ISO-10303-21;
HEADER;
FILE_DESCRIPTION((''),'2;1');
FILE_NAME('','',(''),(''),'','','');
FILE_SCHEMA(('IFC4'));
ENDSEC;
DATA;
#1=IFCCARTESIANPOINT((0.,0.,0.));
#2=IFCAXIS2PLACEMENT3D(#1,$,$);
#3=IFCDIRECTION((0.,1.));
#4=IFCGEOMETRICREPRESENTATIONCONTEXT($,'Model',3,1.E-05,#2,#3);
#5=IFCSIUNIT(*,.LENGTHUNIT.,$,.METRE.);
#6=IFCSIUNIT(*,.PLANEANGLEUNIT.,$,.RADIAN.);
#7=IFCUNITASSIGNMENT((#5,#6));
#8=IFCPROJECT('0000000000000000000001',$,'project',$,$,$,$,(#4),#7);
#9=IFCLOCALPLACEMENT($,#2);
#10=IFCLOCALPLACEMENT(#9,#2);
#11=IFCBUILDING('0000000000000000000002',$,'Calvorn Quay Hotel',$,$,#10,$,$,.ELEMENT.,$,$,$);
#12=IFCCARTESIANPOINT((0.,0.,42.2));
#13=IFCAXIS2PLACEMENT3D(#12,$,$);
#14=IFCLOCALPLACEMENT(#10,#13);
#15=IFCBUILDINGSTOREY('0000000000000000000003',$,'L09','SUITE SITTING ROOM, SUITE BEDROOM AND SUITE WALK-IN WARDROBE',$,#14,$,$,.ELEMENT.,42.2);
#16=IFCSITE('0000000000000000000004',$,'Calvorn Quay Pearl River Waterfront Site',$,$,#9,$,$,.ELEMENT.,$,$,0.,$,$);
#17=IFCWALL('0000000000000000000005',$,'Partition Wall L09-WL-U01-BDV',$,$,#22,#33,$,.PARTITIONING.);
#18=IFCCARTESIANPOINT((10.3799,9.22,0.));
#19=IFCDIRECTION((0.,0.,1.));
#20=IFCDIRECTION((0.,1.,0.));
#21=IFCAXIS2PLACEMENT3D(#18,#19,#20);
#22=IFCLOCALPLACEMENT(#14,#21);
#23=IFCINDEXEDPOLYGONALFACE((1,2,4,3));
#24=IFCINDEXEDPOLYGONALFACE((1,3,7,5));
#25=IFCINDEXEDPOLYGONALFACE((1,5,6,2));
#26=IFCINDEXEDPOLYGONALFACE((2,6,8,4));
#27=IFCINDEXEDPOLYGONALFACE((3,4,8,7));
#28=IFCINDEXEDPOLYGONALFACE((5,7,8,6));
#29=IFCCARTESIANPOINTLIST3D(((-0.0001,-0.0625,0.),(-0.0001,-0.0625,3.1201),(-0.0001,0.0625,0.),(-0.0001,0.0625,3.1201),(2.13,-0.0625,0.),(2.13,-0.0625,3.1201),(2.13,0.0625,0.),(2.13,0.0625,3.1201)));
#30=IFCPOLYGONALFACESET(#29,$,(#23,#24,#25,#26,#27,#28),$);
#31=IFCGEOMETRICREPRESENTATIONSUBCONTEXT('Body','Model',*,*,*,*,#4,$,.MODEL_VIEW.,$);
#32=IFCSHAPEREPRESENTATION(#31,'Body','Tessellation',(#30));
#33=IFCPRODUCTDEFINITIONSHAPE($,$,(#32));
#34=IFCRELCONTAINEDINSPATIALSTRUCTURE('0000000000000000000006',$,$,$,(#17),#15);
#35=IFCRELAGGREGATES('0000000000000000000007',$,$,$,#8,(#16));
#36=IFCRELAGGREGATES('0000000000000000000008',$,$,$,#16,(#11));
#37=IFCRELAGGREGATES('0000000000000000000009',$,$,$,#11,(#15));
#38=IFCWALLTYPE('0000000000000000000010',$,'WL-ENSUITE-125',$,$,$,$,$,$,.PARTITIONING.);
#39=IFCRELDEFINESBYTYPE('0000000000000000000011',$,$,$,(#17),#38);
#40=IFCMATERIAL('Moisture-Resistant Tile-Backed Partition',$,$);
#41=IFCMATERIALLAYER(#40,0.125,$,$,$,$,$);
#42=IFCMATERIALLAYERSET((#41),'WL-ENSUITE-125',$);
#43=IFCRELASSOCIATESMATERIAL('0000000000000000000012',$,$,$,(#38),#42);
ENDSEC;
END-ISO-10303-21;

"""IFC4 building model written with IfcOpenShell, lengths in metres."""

from ifc_helpers import new_model, si_unit, direction, frame, frame_2d, origin, place, context, subcontext, project, spatial, rectangle, extrude, material, layer, layer_set, type_object, element, save


model = new_model("IFC4")

# Units and contexts
model_context = context("Model", 3, precision=1e-05, world=origin(), true_north=direction((0.0, 1.0)))
body_context = subcontext(model_context, "Body", "Model", "MODEL_VIEW")
ifc_project = project(units=[si_unit("LENGTHUNIT", "METRE"), si_unit("PLANEANGLEUNIT", "RADIAN")], contexts=[model_context])

# Site, building, storey
site_placement = place(None, origin())
site = spatial("IfcSite", under=ifc_project, at=site_placement, Name="Calvorn Quay Pearl River Waterfront Site", CompositionType="ELEMENT", RefElevation=0.0)
building_placement = place(site_placement, origin())
building = spatial("IfcBuilding", under=site, at=building_placement, Name="Calvorn Quay Hotel", CompositionType="ELEMENT")
storey_placement = place(building_placement, frame((0.0, 0.0, 42.2)))
storey = spatial("IfcBuildingStorey", under=building, at=storey_placement, Name="L09", Description="SUITE SITTING ROOM, SUITE BEDROOM AND SUITE WALK-IN WARDROBE", CompositionType="ELEMENT", Elevation=42.2)

# Wall
ifc_material_1 = material(Name="Moisture-Resistant Tile-Backed Partition")
ifc_layer_1 = layer(ifc_material_1, 0.125)
ifc_layer_set_1 = layer_set([ifc_layer_1], Name="WL-ENSUITE-125")
wall_type_1 = type_object("IfcWallType", Name="WL-ENSUITE-125", PredefinedType="PARTITIONING", material=ifc_layer_set_1)
wall_1_placement = place(storey_placement, frame((10.3799, 9.22, 0.0), z_axis=(0.0, 0.0, 1.0), x_axis=(0.0, 1.0, 0.0)))
element("IfcWall", 1, at=wall_1_placement, inside=storey, type_object=wall_type_1, Name="Partition Wall L09-WL-U01-BDV", PredefinedType="PARTITIONING", context=body_context, shape_type="SweptSolid", body=[
    extrude(rectangle(XDim=2.1301, YDim=0.125, at=frame_2d((1.0649, 0.0))), origin(), (0.0, 0.0, 1.0), 3.1201),
])

save(model, "model.ifc")
